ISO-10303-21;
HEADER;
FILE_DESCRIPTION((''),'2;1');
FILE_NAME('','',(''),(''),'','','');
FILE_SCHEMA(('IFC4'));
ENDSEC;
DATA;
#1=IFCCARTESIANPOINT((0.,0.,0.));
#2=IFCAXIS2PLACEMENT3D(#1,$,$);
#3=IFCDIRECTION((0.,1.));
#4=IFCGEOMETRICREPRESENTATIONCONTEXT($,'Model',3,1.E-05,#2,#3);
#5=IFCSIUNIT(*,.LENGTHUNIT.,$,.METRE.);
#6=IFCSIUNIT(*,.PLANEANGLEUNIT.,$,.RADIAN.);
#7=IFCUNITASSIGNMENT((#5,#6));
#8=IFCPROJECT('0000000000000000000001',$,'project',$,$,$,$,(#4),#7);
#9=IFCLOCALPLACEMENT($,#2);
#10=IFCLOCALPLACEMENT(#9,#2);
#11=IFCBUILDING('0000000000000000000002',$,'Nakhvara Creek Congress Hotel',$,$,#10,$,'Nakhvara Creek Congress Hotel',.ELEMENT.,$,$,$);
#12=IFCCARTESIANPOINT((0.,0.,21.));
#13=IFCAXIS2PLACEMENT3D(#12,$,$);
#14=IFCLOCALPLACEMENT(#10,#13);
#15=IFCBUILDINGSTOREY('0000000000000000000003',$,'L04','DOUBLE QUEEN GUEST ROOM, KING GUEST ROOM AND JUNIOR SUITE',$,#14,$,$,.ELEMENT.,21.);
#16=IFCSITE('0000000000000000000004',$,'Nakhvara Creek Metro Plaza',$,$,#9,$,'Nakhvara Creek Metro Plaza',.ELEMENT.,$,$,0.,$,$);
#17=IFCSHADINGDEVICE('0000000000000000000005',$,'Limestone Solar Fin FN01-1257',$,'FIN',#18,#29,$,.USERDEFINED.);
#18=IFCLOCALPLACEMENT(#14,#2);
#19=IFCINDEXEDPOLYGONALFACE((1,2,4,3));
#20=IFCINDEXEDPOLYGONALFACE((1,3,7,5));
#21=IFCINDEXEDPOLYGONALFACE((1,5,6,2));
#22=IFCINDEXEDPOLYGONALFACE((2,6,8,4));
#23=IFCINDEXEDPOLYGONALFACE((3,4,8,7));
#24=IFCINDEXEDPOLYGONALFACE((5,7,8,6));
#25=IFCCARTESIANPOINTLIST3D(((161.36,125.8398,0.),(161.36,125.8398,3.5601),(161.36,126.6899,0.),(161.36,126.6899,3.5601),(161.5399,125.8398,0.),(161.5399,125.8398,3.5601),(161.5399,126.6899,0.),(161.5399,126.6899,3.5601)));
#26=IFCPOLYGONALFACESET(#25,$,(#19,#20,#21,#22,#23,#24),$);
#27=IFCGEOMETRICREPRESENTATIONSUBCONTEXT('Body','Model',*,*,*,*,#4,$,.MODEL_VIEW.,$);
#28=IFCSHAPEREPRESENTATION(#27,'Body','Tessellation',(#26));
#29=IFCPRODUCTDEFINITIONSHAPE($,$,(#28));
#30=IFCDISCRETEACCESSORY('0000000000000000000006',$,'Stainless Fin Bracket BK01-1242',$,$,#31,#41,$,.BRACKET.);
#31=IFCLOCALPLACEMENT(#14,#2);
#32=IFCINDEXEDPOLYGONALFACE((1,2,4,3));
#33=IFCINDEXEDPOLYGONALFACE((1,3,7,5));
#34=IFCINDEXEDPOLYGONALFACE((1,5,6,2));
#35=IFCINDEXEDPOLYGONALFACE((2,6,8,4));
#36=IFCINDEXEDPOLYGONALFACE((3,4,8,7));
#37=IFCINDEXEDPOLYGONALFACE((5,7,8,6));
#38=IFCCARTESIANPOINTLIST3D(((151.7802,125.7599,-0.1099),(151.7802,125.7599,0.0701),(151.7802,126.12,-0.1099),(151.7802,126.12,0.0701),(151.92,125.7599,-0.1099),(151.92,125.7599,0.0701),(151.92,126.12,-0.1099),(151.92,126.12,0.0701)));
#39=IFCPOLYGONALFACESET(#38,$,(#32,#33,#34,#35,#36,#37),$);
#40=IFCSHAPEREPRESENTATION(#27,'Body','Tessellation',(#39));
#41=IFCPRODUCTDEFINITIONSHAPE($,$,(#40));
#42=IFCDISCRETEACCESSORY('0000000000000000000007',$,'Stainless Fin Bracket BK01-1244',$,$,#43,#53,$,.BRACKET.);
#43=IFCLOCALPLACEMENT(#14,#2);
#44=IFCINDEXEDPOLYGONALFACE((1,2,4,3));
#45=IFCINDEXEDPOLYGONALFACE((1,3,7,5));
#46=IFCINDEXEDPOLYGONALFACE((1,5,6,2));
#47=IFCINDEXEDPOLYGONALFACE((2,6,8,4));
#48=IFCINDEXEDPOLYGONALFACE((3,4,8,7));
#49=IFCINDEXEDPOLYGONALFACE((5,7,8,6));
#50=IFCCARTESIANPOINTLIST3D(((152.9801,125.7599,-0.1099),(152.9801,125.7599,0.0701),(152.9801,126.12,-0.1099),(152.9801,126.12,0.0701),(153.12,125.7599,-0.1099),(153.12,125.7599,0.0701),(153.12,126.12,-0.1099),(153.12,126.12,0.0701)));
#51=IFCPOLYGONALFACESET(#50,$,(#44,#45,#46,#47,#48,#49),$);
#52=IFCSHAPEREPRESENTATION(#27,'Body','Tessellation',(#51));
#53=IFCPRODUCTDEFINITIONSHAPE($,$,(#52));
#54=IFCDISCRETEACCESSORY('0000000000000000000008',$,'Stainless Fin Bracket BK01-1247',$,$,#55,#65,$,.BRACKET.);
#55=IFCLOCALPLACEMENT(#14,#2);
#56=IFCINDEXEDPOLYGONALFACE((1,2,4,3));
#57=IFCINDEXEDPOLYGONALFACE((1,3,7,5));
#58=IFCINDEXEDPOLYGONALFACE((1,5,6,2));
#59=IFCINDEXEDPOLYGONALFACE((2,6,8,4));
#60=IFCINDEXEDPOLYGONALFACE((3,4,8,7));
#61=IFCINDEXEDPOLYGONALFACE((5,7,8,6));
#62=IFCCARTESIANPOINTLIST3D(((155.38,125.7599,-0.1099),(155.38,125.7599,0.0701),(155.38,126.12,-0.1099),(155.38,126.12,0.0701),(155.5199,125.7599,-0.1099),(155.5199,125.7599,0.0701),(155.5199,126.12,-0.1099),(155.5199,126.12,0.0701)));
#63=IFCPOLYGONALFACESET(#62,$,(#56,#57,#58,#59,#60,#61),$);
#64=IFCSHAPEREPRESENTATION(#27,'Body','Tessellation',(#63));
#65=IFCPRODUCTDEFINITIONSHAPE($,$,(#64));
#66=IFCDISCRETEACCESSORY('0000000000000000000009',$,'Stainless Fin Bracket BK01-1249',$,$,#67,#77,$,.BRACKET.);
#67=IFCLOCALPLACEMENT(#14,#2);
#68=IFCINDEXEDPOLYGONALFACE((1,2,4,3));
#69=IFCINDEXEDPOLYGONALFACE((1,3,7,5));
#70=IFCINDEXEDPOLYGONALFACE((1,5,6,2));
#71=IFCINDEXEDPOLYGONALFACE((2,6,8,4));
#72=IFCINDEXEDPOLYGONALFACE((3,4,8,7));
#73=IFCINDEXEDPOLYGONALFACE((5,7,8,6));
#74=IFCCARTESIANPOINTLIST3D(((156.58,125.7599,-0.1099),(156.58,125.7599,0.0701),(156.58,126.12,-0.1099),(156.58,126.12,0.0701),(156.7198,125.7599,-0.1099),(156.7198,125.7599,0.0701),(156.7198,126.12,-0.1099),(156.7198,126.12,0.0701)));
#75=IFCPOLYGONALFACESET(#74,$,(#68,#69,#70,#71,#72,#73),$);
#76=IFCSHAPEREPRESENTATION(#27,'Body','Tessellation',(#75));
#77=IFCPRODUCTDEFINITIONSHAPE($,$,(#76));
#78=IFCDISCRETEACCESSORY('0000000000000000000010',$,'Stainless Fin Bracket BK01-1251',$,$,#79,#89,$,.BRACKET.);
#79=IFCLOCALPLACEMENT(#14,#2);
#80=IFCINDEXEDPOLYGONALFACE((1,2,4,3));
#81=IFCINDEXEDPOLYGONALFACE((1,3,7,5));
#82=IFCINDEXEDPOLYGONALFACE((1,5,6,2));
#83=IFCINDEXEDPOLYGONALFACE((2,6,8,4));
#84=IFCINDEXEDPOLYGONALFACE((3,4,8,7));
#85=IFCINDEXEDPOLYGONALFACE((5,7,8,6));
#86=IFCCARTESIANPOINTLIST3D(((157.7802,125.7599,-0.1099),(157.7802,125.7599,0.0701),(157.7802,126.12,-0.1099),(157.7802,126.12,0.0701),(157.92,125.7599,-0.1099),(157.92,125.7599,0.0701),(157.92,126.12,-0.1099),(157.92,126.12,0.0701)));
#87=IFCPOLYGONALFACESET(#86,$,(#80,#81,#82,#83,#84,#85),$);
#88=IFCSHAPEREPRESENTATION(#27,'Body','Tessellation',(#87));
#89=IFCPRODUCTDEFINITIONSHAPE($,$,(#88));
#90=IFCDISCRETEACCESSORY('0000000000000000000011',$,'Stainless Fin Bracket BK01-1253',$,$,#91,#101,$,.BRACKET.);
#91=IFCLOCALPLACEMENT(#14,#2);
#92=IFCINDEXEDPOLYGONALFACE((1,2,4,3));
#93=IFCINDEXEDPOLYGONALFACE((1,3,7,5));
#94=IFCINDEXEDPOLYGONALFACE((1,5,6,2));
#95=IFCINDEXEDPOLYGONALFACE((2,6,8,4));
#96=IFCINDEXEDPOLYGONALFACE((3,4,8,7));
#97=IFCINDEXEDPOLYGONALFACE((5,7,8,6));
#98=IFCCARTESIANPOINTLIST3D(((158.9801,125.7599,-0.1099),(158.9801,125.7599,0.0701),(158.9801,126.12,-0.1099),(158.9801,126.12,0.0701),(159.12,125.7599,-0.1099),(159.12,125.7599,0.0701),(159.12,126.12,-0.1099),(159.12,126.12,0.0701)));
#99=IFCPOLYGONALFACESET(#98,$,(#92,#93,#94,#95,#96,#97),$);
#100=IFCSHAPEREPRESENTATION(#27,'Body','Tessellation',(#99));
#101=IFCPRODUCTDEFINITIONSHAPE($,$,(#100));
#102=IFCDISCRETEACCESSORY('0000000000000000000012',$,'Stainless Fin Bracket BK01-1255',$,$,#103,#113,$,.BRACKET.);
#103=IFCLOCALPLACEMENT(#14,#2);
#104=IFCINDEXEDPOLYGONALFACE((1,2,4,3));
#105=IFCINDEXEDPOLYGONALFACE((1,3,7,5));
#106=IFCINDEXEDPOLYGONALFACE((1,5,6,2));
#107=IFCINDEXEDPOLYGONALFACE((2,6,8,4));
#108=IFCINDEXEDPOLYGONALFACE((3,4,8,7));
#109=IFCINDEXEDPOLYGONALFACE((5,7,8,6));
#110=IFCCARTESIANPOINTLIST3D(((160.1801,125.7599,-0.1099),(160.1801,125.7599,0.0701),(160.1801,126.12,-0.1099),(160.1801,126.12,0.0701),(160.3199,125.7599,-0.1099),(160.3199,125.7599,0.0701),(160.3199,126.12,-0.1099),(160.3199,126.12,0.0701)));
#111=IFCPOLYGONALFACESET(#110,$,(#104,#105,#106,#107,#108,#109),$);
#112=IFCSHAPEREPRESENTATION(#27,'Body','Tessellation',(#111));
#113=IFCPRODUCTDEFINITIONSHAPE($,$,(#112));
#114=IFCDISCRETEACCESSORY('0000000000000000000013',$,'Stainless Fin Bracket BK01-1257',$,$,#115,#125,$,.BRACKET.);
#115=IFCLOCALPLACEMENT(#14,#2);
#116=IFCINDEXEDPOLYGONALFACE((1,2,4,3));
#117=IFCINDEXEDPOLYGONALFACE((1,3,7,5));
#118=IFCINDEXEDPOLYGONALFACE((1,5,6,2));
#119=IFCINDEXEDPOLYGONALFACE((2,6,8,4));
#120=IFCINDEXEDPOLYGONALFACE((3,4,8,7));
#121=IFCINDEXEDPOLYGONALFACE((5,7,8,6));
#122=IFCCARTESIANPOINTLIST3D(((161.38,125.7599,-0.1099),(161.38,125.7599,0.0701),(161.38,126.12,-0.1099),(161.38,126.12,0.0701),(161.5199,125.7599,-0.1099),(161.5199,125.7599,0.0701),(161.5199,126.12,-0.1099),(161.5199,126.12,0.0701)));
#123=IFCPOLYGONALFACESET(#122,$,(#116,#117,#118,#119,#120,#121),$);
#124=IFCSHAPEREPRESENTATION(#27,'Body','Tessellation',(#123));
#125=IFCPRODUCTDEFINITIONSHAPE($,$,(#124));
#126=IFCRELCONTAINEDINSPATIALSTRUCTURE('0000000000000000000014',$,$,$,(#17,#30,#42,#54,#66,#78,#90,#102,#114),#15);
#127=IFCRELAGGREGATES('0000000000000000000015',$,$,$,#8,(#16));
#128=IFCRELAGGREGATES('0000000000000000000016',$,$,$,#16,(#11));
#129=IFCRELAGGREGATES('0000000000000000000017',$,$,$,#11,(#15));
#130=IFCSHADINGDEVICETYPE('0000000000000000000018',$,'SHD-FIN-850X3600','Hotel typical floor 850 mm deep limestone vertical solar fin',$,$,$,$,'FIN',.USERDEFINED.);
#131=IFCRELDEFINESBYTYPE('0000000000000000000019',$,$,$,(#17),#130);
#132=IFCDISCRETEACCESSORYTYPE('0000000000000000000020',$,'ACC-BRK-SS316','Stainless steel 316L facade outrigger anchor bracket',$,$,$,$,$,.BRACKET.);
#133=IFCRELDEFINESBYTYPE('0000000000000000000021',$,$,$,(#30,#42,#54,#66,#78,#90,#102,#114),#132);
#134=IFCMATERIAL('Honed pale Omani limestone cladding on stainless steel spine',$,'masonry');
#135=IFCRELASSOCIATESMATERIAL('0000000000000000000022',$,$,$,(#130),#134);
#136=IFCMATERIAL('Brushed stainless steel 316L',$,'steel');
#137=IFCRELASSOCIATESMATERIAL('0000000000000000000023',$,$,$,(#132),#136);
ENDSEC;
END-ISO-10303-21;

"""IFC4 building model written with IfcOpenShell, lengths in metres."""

from ifc_helpers import new_model, si_unit, direction, frame, origin, origin_2d, place, context, subcontext, project, spatial, rectangle, extrude, material, type_object, element, save


model = new_model("IFC4")

# Units and contexts
model_context = context("Model", 3, precision=1e-05, world=origin(), true_north=direction((0.0, 1.0)))
body_context = subcontext(model_context, "Body", "Model", "MODEL_VIEW")
ifc_project = project(units=[si_unit("LENGTHUNIT", "METRE"), si_unit("PLANEANGLEUNIT", "RADIAN")], contexts=[model_context])

# Site, building, storey
site_placement = place(None, origin())
site = spatial("IfcSite", under=ifc_project, at=site_placement, Name="Nakhvara Creek Metro Plaza", LongName="Nakhvara Creek Metro Plaza", CompositionType="ELEMENT", RefElevation=0.0)
building_placement = place(site_placement, origin())
building = spatial("IfcBuilding", under=site, at=building_placement, Name="Nakhvara Creek Congress Hotel", LongName="Nakhvara Creek Congress Hotel", CompositionType="ELEMENT")
storey_placement = place(building_placement, frame((0.0, 0.0, 21.0)))
storey = spatial("IfcBuildingStorey", under=building, at=storey_placement, Name="L04", Description="DOUBLE QUEEN GUEST ROOM, KING GUEST ROOM AND JUNIOR SUITE", CompositionType="ELEMENT", Elevation=21.0)

# Shading device
ifc_material_1 = material(Name="Honed pale Omani limestone cladding on stainless steel spine", Category="masonry")
shading_device_type = type_object("IfcShadingDeviceType", Name="SHD-FIN-850X3600", Description="Hotel typical floor 850 mm deep limestone vertical solar fin", ElementType="FIN", PredefinedType="USERDEFINED", material=ifc_material_1)
for number, where, z_axis, x_axis, name in (
    (1, (161.45, 126.2649, 0.0), (0.0, 0.0, 1.0), (1.0, 0.0, 0.0), "Limestone Solar Fin FN01-1257"),
):
    element("IfcShadingDevice", number, at=place(storey_placement, frame(where, z_axis=z_axis, x_axis=x_axis)), inside=storey, type_object=shading_device_type, Name=name, ObjectType="FIN", PredefinedType="USERDEFINED", context=body_context, shape_type="SweptSolid", body=[
        extrude(rectangle(XDim=0.1799, YDim=0.8501, at=origin_2d()), origin(), (0.0, 0.0, 1.0), 3.5601),
    ])

# Discrete accessories
ifc_material_2 = material(Name="Brushed stainless steel 316L", Category="steel")
discrete_accessory_type = type_object("IfcDiscreteAccessoryType", Name="ACC-BRK-SS316", Description="Stainless steel 316L facade outrigger anchor bracket", PredefinedType="BRACKET", material=ifc_material_2)
for number, where, z_axis, x_axis, name in (
    (2, (151.8501, 125.9399, -0.1099), (0.0, 0.0, 1.0), (1.0, 0.0, 0.0), "Stainless Fin Bracket BK01-1242"),
    (3, (153.05, 125.9399, -0.1099), (0.0, 0.0, 1.0), (1.0, 0.0, 0.0), "Stainless Fin Bracket BK01-1244"),
    (4, (155.45, 125.9399, -0.1099), (0.0, 0.0, 1.0), (1.0, 0.0, 0.0), "Stainless Fin Bracket BK01-1247"),
    (5, (156.6499, 125.9399, -0.1099), (0.0, 0.0, 1.0), (1.0, 0.0, 0.0), "Stainless Fin Bracket BK01-1249"),
    (6, (157.8501, 125.9399, -0.1099), (0.0, 0.0, 1.0), (1.0, 0.0, 0.0), "Stainless Fin Bracket BK01-1251"),
    (7, (159.05, 125.9399, -0.1099), (0.0, 0.0, 1.0), (1.0, 0.0, 0.0), "Stainless Fin Bracket BK01-1253"),
    (8, (160.25, 125.9399, -0.1099), (0.0, 0.0, 1.0), (1.0, 0.0, 0.0), "Stainless Fin Bracket BK01-1255"),
    (9, (161.45, 125.9399, -0.1099), (0.0, 0.0, 1.0), (1.0, 0.0, 0.0), "Stainless Fin Bracket BK01-1257"),
):
    element("IfcDiscreteAccessory", number, at=place(storey_placement, frame(where, z_axis=z_axis, x_axis=x_axis)), inside=storey, type_object=discrete_accessory_type, Name=name, PredefinedType="BRACKET", context=body_context, shape_type="SweptSolid", body=[
        extrude(rectangle(XDim=0.1399, YDim=0.3601, at=origin_2d()), origin(), (0.0, 0.0, 1.0), 0.1799),
    ])

save(model, "model.ifc")
